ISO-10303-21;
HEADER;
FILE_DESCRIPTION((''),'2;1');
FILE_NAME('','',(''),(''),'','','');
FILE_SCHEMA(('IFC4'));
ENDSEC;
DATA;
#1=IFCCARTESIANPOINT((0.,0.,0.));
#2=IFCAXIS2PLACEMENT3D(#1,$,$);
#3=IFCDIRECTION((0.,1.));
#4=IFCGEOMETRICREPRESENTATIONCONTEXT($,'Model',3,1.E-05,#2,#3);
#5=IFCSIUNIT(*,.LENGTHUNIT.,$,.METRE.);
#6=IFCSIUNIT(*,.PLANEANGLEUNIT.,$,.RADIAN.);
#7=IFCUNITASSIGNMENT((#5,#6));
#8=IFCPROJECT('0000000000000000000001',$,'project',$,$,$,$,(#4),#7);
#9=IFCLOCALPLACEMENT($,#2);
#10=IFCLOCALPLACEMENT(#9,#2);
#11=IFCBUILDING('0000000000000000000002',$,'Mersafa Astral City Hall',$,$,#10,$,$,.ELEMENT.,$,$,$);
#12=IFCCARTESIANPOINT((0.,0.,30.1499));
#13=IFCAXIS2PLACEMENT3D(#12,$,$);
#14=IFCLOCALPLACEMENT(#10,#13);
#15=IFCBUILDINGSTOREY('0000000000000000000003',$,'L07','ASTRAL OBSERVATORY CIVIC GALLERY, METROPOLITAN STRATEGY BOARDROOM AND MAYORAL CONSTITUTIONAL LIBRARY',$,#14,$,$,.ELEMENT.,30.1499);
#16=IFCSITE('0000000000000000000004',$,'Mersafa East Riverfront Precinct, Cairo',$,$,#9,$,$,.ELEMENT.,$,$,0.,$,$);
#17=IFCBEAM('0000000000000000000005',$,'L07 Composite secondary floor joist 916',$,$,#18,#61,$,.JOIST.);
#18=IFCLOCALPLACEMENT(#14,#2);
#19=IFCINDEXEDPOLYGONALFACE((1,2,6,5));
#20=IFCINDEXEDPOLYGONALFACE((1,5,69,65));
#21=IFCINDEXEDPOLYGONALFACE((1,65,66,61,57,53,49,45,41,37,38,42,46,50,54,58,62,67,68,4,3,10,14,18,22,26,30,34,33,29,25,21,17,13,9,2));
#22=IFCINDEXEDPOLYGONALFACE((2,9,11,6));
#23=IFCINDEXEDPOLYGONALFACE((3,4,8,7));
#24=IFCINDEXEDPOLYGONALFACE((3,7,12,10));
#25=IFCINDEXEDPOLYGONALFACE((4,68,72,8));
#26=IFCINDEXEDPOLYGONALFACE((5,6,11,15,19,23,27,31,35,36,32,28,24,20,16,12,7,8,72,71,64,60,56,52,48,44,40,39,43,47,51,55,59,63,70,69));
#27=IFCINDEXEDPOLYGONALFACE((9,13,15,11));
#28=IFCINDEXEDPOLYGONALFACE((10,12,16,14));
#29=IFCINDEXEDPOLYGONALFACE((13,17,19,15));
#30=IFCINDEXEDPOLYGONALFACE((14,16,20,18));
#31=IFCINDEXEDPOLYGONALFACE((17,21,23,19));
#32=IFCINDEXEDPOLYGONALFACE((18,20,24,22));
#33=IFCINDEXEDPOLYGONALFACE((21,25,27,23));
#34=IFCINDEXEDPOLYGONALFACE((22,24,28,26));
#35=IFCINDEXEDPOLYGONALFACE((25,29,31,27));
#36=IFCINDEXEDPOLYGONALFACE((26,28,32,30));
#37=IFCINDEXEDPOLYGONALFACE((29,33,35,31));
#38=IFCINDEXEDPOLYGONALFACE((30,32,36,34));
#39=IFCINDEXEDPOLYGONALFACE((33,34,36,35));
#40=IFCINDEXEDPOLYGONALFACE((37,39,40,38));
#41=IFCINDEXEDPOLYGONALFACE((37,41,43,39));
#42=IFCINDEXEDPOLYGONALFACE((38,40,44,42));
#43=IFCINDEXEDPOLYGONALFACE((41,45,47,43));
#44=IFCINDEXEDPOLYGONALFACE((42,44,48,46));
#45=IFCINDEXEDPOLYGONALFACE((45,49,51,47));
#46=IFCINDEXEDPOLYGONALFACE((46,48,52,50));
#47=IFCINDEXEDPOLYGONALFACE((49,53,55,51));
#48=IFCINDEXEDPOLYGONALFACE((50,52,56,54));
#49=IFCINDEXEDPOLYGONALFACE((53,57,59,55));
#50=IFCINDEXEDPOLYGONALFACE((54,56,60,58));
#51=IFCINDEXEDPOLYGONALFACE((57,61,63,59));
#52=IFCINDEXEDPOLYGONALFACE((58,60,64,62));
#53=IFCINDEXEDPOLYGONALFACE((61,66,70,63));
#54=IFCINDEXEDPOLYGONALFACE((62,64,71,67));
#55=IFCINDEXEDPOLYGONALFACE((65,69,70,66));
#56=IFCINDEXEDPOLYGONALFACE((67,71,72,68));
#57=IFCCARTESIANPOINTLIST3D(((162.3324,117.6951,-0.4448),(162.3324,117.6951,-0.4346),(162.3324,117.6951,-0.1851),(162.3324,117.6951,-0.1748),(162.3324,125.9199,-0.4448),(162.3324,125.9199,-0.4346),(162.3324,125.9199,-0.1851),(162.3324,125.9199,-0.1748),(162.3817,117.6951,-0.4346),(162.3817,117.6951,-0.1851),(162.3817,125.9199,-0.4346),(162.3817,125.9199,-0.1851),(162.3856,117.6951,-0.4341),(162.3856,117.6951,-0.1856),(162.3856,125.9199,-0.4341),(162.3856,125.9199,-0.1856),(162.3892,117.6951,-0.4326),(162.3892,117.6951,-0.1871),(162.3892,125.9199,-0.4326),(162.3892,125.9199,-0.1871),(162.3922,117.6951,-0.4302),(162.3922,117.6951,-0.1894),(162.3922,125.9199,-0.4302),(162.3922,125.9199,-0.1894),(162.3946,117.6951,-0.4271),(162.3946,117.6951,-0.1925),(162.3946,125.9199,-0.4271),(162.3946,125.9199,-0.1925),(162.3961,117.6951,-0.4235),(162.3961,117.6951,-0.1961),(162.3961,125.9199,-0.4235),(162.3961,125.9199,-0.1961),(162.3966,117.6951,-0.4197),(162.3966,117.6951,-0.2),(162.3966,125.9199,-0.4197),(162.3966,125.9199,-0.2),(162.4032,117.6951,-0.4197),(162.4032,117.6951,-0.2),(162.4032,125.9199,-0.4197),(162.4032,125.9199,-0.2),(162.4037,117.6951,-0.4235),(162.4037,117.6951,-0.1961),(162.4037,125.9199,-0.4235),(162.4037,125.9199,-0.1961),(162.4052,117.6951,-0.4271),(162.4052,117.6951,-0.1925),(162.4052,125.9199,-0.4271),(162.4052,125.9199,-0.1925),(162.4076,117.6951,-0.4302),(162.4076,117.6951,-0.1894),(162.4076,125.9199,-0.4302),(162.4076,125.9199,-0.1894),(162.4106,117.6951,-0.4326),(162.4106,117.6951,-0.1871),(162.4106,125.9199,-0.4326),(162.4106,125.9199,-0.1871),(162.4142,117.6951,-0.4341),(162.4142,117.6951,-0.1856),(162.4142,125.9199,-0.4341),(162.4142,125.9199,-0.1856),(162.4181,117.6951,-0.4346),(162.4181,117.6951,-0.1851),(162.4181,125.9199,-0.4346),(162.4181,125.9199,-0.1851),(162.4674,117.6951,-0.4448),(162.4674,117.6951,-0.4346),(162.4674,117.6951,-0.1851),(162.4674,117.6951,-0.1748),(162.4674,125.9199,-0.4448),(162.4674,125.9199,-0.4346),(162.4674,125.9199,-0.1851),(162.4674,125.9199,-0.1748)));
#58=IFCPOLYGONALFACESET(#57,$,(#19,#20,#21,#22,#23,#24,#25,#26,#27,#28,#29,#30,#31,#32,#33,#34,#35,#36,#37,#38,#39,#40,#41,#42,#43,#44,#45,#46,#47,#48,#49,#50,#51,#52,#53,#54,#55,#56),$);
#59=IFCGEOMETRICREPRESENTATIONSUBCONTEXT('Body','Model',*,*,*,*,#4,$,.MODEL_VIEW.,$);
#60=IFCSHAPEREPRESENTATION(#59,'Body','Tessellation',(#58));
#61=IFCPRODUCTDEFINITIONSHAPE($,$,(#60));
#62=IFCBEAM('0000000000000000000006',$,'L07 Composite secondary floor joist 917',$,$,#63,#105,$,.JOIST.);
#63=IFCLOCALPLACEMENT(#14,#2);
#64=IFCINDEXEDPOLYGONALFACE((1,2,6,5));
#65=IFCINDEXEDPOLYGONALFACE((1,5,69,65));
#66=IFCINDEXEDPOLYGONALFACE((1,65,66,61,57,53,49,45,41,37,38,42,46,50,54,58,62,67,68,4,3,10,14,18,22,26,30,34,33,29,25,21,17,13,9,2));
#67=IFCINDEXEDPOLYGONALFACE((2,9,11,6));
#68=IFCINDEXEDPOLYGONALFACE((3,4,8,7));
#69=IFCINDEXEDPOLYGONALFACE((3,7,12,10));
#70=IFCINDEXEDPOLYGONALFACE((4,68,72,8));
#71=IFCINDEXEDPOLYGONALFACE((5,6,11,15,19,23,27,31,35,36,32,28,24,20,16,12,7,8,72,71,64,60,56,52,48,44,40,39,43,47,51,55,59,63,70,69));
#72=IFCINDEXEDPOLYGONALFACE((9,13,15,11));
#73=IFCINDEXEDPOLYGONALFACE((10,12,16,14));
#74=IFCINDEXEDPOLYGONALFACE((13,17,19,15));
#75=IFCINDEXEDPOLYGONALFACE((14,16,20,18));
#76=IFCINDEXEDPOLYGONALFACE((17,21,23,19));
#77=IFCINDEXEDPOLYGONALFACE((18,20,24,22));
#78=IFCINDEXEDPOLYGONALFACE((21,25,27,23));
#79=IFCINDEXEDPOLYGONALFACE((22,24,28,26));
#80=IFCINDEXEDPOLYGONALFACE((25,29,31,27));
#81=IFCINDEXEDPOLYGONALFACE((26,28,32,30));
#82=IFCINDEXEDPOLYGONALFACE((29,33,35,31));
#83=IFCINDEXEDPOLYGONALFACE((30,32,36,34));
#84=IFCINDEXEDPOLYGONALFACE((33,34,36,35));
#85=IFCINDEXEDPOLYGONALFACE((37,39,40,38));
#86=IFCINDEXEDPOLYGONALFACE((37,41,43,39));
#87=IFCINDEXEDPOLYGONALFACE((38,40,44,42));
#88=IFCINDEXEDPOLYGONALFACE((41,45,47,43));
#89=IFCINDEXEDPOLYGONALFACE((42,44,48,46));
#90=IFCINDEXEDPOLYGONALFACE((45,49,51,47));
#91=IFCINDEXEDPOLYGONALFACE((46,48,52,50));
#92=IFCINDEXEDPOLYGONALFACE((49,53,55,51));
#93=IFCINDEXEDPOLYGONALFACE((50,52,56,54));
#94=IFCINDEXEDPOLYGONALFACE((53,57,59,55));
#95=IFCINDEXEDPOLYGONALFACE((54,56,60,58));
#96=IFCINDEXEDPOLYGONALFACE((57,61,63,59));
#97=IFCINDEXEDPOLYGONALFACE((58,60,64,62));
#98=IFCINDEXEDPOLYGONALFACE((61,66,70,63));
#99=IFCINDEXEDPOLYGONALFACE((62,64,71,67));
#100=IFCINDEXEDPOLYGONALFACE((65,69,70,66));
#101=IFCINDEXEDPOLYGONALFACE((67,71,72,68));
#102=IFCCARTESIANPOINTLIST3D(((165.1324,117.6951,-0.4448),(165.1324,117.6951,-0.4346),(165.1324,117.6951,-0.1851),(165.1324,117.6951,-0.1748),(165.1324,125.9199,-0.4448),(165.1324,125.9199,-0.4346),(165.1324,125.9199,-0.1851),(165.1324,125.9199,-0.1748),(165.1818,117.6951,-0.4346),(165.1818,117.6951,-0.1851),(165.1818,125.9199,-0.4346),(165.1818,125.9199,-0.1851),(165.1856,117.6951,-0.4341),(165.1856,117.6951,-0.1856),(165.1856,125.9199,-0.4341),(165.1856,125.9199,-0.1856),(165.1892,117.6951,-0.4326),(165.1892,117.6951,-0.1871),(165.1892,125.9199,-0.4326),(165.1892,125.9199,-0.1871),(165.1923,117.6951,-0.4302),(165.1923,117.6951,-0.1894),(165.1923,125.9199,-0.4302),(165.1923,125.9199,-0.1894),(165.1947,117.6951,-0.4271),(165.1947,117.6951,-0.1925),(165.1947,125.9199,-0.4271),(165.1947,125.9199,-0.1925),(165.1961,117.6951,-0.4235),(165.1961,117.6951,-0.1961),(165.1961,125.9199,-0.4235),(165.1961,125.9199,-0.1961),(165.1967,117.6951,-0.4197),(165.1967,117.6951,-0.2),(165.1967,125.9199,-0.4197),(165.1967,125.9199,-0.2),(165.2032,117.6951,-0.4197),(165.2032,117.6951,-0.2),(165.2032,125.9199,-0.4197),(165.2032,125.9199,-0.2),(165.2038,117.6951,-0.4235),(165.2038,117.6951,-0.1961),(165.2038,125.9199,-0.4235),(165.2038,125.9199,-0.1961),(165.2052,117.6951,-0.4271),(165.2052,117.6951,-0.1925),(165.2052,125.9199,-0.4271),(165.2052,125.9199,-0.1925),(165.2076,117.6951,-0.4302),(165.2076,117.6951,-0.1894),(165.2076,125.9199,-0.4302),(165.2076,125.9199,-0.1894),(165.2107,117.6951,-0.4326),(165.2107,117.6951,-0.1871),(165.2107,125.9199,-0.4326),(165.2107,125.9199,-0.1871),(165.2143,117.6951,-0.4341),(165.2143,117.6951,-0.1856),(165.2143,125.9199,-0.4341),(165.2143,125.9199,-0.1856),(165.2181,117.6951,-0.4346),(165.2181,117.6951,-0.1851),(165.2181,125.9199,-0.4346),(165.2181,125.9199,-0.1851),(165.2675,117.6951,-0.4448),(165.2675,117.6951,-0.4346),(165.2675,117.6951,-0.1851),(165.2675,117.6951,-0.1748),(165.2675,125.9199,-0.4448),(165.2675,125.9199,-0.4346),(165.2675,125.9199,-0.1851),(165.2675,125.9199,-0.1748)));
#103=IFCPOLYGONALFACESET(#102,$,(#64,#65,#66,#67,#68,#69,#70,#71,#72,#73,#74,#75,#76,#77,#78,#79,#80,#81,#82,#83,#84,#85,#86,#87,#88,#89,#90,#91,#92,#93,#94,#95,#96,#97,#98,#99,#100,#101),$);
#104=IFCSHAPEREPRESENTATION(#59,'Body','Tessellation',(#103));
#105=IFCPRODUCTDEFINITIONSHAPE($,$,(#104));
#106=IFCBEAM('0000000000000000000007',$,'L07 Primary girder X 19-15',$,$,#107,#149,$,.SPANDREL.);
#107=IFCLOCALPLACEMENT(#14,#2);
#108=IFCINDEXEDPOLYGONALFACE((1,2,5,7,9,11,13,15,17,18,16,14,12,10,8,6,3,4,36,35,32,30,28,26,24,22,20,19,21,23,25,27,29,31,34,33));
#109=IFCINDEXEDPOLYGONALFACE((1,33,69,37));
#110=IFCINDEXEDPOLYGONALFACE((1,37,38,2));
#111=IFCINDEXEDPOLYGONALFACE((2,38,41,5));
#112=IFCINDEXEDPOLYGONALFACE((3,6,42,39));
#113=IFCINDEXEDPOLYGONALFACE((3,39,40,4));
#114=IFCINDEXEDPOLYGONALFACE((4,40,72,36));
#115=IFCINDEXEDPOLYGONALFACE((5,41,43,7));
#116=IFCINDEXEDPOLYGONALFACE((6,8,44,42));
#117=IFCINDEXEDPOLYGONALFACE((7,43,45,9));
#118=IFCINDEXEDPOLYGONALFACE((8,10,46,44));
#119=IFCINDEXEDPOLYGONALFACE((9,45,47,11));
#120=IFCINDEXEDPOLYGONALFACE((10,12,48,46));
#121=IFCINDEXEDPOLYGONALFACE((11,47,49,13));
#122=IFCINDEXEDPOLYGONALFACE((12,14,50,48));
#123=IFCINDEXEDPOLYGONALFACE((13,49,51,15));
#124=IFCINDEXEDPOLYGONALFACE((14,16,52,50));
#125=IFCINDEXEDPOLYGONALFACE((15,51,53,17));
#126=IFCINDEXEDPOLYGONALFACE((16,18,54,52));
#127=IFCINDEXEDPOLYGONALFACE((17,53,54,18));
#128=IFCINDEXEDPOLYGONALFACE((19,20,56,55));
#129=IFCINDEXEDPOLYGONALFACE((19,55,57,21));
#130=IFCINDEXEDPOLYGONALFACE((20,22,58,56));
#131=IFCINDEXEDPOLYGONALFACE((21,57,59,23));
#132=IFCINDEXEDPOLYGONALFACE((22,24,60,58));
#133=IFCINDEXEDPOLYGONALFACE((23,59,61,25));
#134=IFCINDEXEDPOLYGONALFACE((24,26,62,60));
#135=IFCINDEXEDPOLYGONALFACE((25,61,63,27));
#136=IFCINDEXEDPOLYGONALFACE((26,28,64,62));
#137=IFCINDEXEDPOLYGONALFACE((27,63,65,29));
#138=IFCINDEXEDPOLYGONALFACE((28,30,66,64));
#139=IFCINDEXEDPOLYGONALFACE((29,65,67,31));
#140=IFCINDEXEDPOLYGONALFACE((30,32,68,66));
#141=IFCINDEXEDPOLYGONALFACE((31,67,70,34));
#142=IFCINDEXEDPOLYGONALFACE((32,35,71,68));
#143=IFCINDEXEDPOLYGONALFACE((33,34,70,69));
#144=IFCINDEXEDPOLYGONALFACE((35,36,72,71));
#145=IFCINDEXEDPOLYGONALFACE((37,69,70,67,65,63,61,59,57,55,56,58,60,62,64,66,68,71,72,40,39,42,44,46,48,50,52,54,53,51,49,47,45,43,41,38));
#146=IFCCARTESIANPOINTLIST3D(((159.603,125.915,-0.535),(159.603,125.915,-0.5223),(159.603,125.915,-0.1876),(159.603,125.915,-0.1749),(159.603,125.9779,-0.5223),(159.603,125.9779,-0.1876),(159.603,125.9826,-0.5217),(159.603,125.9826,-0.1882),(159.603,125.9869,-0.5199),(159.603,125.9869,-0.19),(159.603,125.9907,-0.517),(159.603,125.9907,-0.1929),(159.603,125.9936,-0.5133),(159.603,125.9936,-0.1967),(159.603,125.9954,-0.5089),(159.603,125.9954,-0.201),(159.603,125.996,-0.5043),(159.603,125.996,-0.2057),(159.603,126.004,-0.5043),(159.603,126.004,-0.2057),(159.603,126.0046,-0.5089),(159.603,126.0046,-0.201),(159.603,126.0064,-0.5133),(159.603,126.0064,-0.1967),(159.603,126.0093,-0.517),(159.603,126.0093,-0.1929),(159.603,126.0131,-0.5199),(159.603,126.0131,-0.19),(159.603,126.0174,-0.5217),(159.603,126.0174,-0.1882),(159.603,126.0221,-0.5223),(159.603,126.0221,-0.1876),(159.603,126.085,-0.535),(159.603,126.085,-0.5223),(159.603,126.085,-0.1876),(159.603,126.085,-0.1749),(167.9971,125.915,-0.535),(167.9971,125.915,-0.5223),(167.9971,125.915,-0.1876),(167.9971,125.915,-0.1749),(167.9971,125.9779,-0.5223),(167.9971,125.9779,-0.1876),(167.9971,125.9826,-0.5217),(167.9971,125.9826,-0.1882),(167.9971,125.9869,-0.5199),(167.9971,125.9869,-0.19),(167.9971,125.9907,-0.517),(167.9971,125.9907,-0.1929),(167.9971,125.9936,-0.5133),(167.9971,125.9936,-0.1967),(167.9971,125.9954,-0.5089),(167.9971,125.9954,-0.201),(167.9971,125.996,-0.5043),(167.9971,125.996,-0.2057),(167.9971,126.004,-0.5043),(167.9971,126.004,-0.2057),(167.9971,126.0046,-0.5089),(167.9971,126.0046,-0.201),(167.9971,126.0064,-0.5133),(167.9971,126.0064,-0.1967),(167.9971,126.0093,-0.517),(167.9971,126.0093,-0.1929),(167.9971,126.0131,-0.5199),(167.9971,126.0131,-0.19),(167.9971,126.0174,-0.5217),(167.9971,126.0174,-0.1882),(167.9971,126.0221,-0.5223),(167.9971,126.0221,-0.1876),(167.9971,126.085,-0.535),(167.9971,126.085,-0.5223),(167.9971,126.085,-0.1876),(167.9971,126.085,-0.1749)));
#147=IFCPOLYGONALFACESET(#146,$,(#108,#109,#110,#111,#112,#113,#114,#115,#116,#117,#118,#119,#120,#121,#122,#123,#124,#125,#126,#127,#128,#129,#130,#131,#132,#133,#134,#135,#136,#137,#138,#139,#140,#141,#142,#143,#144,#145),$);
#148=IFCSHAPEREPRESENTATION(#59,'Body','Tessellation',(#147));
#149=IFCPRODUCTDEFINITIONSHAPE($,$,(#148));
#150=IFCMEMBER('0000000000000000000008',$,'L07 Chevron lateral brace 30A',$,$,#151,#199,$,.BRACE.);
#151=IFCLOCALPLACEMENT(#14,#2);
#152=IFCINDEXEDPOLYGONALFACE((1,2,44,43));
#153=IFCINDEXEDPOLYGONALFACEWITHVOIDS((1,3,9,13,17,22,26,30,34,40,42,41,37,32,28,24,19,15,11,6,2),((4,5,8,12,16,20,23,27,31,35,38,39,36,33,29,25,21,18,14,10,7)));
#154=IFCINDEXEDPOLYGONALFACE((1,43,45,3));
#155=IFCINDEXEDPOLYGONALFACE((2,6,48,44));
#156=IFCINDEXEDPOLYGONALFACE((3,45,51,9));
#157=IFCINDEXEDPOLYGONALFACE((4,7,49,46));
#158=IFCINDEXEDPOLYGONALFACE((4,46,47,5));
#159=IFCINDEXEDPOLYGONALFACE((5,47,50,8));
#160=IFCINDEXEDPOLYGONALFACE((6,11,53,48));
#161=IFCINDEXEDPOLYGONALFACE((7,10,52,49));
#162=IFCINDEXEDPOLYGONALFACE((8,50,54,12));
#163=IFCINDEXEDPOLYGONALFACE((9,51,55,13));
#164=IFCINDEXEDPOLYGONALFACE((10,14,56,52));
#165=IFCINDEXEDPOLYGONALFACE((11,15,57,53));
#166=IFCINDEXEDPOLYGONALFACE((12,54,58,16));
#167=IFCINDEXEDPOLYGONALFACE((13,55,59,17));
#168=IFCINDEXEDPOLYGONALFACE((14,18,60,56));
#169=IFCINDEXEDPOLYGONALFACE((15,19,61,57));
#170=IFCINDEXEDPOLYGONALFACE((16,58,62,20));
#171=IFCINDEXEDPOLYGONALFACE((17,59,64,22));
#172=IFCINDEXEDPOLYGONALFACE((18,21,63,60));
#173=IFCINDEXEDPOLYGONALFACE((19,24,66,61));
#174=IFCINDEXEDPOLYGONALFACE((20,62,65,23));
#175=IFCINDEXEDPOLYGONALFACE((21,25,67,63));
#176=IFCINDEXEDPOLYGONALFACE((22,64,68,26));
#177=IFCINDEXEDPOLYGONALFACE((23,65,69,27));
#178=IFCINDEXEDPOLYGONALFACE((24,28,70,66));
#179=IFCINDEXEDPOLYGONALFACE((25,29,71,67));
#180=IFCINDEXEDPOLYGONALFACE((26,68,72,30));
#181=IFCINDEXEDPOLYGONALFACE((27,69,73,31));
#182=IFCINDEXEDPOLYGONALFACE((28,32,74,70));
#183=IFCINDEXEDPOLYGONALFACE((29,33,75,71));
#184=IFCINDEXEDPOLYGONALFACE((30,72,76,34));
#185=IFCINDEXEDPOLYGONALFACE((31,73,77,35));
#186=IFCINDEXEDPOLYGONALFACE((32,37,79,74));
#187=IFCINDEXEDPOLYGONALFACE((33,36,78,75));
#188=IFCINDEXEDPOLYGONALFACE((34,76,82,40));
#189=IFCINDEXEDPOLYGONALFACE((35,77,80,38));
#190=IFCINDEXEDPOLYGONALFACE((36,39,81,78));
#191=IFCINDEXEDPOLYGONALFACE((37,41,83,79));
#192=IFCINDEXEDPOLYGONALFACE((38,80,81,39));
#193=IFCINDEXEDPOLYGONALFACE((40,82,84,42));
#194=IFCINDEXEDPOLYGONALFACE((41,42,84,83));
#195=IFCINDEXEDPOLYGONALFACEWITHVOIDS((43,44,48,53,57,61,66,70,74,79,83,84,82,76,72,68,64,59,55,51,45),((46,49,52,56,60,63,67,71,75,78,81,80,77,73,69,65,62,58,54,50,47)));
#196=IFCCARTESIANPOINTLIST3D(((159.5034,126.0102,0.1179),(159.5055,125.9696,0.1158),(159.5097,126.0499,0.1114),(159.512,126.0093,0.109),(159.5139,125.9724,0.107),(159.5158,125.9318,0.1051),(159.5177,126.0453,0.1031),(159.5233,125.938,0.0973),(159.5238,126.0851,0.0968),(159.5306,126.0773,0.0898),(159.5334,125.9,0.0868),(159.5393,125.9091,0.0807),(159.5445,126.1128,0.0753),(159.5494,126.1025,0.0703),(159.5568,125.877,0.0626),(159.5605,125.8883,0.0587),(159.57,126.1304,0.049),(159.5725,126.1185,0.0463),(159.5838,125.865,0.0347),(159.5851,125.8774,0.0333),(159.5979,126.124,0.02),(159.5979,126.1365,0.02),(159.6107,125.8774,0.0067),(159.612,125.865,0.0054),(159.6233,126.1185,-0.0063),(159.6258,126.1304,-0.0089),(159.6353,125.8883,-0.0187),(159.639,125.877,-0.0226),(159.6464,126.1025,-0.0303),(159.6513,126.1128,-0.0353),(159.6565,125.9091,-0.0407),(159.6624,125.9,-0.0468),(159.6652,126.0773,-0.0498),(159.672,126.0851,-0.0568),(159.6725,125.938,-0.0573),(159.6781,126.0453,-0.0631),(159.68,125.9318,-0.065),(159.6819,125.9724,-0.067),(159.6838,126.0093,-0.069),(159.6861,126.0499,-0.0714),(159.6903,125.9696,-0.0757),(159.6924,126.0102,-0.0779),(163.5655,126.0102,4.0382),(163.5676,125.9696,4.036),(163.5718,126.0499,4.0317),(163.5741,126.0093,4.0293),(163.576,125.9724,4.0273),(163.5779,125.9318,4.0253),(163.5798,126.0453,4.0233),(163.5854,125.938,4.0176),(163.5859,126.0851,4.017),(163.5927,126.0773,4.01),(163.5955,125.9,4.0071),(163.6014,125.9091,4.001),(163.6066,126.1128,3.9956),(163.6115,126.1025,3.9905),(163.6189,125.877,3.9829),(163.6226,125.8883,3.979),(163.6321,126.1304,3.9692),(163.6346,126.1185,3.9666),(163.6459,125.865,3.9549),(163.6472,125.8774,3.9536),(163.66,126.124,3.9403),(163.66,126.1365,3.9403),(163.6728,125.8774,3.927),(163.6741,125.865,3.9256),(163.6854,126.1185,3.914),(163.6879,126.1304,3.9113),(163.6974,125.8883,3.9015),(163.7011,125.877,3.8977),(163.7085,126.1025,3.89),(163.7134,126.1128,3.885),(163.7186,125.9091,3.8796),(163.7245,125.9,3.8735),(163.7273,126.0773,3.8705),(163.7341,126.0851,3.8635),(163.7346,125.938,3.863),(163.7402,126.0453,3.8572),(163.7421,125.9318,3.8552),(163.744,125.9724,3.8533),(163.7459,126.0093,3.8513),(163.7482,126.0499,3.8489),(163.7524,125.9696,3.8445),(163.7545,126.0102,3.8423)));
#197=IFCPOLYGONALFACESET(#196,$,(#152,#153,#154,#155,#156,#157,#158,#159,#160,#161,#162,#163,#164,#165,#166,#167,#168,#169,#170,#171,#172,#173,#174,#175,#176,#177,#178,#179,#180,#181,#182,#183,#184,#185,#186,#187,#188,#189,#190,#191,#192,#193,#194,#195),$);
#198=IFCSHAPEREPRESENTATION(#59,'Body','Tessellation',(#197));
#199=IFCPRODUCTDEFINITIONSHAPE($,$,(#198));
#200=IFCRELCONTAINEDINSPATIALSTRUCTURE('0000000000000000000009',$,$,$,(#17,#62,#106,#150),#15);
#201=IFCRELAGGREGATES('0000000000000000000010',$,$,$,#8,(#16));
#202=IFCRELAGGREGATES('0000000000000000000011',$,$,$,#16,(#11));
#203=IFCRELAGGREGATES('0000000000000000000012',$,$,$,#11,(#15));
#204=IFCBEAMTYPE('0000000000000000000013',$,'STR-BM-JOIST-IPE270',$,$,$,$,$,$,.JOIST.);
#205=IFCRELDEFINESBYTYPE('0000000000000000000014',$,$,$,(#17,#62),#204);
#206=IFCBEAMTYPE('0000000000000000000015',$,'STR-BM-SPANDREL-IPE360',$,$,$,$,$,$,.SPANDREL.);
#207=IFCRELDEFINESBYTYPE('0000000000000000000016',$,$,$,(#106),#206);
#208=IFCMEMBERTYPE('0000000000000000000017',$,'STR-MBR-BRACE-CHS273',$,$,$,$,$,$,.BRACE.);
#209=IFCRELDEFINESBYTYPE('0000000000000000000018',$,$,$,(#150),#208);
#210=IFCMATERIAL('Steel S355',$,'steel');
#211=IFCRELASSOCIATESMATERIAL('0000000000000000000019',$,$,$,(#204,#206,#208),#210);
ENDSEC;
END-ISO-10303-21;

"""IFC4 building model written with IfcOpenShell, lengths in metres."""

from ifc_helpers import new_model, si_unit, direction, frame, origin, origin_2d, place, context, subcontext, project, spatial, hollow_circle, i_section, extrude, material, material_profile, profile_set, type_object, element, save


model = new_model("IFC4")

# Units and contexts
model_context = context("Model", 3, precision=1e-05, world=origin(), true_north=direction((0.0, 1.0)))
body_context = subcontext(model_context, "Body", "Model", "MODEL_VIEW")
ifc_project = project(units=[si_unit("LENGTHUNIT", "METRE"), si_unit("PLANEANGLEUNIT", "RADIAN")], contexts=[model_context])

# Site, building, storey
site_placement = place(None, origin())
site = spatial("IfcSite", under=ifc_project, at=site_placement, Name="Mersafa East Riverfront Precinct, Cairo", CompositionType="ELEMENT", RefElevation=0.0)
building_placement = place(site_placement, origin())
building = spatial("IfcBuilding", under=site, at=building_placement, Name="Mersafa Astral City Hall", CompositionType="ELEMENT")
storey_placement = place(building_placement, frame((0.0, 0.0, 30.1499)))
storey = spatial("IfcBuildingStorey", under=building, at=storey_placement, Name="L07", Description="ASTRAL OBSERVATORY CIVIC GALLERY, METROPOLITAN STRATEGY BOARDROOM AND MAYORAL CONSTITUTIONAL LIBRARY", CompositionType="ELEMENT", Elevation=30.1499)

# Shared definitions
ifc_material_1 = material(Name="Steel S355", Category="steel")

# Beams
ifc_material_profile_1 = material_profile(ifc_material_1, i_section(OverallWidth=0.135, OverallDepth=0.27, WebThickness=0.0066, FlangeThickness=0.0103, FilletRadius=0.0149, at=origin_2d()), Name="IPE 270")
ifc_profile_set_1 = profile_set([ifc_material_profile_1], Name="Steel S355")
beam_type_1 = type_object("IfcBeamType", Name="STR-BM-JOIST-IPE270", PredefinedType="JOIST", material=ifc_profile_set_1)
for number, where, z_axis, x_axis, name in (
    (1, (162.3999, 117.6951, -0.3098), (0.0, 1.0, 0.0), (-1.0, 0.0, 0.0), "L07 Composite secondary floor joist 916"),
    (2, (165.2, 117.6951, -0.3098), (0.0, 1.0, 0.0), (-1.0, 0.0, 0.0), "L07 Composite secondary floor joist 917"),
):
    element("IfcBeam", number, at=place(storey_placement, frame(where, z_axis=z_axis, x_axis=x_axis)), inside=storey, type_object=beam_type_1, Name=name, PredefinedType="JOIST", context=body_context, shape_type="SweptSolid", body=[
        extrude(i_section(OverallWidth=0.135, OverallDepth=0.27, WebThickness=0.0066, FlangeThickness=0.0103, FilletRadius=0.0149, at=origin_2d()), origin(), (0.0, 0.0, 1.0), 8.2249),
    ])
ifc_material_profile_2 = material_profile(ifc_material_1, i_section(OverallWidth=0.1699, OverallDepth=0.3601, WebThickness=0.0081, FlangeThickness=0.0127, FilletRadius=0.0181, at=origin_2d()), Name="IPE 360")
ifc_profile_set_2 = profile_set([ifc_material_profile_2], Name="Steel S355")
beam_type_2 = type_object("IfcBeamType", Name="STR-BM-SPANDREL-IPE360", PredefinedType="SPANDREL", material=ifc_profile_set_2)
beam_1_placement = place(storey_placement, frame((159.603, 126.0, -0.355), z_axis=(1.0, 0.0, 0.0), x_axis=(0.0, 1.0, 0.0)))
element("IfcBeam", 3, at=beam_1_placement, inside=storey, type_object=beam_type_2, Name="L07 Primary girder X 19-15", PredefinedType="SPANDREL", context=body_context, shape_type="SweptSolid", body=[
    extrude(i_section(OverallWidth=0.1699, OverallDepth=0.3601, WebThickness=0.0081, FlangeThickness=0.0127, FilletRadius=0.0181, at=origin_2d()), origin(), (0.0, 0.0, 1.0), 8.394),
])

# Member
ifc_material_profile_3 = material_profile(ifc_material_1, hollow_circle(Radius=0.1365, WallThickness=0.0125, at=origin_2d()), Name="CHS 273x12.5")
ifc_profile_set_3 = profile_set([ifc_material_profile_3], Name="Steel S355")
member_type_1 = type_object("IfcMemberType", Name="STR-MBR-BRACE-CHS273", PredefinedType="BRACE", material=ifc_profile_set_3)
member_1_placement = place(storey_placement, frame((159.5979, 126.0, 0.02), z_axis=(0.719559, 0.0, 0.694432), x_axis=(0.0, 1.0, 0.0)))
element("IfcMember", 4, at=member_1_placement, inside=storey, type_object=member_type_1, Name="L07 Chevron lateral brace 30A", PredefinedType="BRACE", context=body_context, shape_type="SweptSolid", body=[
    extrude(hollow_circle(Radius=0.1365, WallThickness=0.0125, at=origin_2d()), origin(), (0.0, 0.0, 1.0), 5.6453),
])

save(model, "model.ifc")
